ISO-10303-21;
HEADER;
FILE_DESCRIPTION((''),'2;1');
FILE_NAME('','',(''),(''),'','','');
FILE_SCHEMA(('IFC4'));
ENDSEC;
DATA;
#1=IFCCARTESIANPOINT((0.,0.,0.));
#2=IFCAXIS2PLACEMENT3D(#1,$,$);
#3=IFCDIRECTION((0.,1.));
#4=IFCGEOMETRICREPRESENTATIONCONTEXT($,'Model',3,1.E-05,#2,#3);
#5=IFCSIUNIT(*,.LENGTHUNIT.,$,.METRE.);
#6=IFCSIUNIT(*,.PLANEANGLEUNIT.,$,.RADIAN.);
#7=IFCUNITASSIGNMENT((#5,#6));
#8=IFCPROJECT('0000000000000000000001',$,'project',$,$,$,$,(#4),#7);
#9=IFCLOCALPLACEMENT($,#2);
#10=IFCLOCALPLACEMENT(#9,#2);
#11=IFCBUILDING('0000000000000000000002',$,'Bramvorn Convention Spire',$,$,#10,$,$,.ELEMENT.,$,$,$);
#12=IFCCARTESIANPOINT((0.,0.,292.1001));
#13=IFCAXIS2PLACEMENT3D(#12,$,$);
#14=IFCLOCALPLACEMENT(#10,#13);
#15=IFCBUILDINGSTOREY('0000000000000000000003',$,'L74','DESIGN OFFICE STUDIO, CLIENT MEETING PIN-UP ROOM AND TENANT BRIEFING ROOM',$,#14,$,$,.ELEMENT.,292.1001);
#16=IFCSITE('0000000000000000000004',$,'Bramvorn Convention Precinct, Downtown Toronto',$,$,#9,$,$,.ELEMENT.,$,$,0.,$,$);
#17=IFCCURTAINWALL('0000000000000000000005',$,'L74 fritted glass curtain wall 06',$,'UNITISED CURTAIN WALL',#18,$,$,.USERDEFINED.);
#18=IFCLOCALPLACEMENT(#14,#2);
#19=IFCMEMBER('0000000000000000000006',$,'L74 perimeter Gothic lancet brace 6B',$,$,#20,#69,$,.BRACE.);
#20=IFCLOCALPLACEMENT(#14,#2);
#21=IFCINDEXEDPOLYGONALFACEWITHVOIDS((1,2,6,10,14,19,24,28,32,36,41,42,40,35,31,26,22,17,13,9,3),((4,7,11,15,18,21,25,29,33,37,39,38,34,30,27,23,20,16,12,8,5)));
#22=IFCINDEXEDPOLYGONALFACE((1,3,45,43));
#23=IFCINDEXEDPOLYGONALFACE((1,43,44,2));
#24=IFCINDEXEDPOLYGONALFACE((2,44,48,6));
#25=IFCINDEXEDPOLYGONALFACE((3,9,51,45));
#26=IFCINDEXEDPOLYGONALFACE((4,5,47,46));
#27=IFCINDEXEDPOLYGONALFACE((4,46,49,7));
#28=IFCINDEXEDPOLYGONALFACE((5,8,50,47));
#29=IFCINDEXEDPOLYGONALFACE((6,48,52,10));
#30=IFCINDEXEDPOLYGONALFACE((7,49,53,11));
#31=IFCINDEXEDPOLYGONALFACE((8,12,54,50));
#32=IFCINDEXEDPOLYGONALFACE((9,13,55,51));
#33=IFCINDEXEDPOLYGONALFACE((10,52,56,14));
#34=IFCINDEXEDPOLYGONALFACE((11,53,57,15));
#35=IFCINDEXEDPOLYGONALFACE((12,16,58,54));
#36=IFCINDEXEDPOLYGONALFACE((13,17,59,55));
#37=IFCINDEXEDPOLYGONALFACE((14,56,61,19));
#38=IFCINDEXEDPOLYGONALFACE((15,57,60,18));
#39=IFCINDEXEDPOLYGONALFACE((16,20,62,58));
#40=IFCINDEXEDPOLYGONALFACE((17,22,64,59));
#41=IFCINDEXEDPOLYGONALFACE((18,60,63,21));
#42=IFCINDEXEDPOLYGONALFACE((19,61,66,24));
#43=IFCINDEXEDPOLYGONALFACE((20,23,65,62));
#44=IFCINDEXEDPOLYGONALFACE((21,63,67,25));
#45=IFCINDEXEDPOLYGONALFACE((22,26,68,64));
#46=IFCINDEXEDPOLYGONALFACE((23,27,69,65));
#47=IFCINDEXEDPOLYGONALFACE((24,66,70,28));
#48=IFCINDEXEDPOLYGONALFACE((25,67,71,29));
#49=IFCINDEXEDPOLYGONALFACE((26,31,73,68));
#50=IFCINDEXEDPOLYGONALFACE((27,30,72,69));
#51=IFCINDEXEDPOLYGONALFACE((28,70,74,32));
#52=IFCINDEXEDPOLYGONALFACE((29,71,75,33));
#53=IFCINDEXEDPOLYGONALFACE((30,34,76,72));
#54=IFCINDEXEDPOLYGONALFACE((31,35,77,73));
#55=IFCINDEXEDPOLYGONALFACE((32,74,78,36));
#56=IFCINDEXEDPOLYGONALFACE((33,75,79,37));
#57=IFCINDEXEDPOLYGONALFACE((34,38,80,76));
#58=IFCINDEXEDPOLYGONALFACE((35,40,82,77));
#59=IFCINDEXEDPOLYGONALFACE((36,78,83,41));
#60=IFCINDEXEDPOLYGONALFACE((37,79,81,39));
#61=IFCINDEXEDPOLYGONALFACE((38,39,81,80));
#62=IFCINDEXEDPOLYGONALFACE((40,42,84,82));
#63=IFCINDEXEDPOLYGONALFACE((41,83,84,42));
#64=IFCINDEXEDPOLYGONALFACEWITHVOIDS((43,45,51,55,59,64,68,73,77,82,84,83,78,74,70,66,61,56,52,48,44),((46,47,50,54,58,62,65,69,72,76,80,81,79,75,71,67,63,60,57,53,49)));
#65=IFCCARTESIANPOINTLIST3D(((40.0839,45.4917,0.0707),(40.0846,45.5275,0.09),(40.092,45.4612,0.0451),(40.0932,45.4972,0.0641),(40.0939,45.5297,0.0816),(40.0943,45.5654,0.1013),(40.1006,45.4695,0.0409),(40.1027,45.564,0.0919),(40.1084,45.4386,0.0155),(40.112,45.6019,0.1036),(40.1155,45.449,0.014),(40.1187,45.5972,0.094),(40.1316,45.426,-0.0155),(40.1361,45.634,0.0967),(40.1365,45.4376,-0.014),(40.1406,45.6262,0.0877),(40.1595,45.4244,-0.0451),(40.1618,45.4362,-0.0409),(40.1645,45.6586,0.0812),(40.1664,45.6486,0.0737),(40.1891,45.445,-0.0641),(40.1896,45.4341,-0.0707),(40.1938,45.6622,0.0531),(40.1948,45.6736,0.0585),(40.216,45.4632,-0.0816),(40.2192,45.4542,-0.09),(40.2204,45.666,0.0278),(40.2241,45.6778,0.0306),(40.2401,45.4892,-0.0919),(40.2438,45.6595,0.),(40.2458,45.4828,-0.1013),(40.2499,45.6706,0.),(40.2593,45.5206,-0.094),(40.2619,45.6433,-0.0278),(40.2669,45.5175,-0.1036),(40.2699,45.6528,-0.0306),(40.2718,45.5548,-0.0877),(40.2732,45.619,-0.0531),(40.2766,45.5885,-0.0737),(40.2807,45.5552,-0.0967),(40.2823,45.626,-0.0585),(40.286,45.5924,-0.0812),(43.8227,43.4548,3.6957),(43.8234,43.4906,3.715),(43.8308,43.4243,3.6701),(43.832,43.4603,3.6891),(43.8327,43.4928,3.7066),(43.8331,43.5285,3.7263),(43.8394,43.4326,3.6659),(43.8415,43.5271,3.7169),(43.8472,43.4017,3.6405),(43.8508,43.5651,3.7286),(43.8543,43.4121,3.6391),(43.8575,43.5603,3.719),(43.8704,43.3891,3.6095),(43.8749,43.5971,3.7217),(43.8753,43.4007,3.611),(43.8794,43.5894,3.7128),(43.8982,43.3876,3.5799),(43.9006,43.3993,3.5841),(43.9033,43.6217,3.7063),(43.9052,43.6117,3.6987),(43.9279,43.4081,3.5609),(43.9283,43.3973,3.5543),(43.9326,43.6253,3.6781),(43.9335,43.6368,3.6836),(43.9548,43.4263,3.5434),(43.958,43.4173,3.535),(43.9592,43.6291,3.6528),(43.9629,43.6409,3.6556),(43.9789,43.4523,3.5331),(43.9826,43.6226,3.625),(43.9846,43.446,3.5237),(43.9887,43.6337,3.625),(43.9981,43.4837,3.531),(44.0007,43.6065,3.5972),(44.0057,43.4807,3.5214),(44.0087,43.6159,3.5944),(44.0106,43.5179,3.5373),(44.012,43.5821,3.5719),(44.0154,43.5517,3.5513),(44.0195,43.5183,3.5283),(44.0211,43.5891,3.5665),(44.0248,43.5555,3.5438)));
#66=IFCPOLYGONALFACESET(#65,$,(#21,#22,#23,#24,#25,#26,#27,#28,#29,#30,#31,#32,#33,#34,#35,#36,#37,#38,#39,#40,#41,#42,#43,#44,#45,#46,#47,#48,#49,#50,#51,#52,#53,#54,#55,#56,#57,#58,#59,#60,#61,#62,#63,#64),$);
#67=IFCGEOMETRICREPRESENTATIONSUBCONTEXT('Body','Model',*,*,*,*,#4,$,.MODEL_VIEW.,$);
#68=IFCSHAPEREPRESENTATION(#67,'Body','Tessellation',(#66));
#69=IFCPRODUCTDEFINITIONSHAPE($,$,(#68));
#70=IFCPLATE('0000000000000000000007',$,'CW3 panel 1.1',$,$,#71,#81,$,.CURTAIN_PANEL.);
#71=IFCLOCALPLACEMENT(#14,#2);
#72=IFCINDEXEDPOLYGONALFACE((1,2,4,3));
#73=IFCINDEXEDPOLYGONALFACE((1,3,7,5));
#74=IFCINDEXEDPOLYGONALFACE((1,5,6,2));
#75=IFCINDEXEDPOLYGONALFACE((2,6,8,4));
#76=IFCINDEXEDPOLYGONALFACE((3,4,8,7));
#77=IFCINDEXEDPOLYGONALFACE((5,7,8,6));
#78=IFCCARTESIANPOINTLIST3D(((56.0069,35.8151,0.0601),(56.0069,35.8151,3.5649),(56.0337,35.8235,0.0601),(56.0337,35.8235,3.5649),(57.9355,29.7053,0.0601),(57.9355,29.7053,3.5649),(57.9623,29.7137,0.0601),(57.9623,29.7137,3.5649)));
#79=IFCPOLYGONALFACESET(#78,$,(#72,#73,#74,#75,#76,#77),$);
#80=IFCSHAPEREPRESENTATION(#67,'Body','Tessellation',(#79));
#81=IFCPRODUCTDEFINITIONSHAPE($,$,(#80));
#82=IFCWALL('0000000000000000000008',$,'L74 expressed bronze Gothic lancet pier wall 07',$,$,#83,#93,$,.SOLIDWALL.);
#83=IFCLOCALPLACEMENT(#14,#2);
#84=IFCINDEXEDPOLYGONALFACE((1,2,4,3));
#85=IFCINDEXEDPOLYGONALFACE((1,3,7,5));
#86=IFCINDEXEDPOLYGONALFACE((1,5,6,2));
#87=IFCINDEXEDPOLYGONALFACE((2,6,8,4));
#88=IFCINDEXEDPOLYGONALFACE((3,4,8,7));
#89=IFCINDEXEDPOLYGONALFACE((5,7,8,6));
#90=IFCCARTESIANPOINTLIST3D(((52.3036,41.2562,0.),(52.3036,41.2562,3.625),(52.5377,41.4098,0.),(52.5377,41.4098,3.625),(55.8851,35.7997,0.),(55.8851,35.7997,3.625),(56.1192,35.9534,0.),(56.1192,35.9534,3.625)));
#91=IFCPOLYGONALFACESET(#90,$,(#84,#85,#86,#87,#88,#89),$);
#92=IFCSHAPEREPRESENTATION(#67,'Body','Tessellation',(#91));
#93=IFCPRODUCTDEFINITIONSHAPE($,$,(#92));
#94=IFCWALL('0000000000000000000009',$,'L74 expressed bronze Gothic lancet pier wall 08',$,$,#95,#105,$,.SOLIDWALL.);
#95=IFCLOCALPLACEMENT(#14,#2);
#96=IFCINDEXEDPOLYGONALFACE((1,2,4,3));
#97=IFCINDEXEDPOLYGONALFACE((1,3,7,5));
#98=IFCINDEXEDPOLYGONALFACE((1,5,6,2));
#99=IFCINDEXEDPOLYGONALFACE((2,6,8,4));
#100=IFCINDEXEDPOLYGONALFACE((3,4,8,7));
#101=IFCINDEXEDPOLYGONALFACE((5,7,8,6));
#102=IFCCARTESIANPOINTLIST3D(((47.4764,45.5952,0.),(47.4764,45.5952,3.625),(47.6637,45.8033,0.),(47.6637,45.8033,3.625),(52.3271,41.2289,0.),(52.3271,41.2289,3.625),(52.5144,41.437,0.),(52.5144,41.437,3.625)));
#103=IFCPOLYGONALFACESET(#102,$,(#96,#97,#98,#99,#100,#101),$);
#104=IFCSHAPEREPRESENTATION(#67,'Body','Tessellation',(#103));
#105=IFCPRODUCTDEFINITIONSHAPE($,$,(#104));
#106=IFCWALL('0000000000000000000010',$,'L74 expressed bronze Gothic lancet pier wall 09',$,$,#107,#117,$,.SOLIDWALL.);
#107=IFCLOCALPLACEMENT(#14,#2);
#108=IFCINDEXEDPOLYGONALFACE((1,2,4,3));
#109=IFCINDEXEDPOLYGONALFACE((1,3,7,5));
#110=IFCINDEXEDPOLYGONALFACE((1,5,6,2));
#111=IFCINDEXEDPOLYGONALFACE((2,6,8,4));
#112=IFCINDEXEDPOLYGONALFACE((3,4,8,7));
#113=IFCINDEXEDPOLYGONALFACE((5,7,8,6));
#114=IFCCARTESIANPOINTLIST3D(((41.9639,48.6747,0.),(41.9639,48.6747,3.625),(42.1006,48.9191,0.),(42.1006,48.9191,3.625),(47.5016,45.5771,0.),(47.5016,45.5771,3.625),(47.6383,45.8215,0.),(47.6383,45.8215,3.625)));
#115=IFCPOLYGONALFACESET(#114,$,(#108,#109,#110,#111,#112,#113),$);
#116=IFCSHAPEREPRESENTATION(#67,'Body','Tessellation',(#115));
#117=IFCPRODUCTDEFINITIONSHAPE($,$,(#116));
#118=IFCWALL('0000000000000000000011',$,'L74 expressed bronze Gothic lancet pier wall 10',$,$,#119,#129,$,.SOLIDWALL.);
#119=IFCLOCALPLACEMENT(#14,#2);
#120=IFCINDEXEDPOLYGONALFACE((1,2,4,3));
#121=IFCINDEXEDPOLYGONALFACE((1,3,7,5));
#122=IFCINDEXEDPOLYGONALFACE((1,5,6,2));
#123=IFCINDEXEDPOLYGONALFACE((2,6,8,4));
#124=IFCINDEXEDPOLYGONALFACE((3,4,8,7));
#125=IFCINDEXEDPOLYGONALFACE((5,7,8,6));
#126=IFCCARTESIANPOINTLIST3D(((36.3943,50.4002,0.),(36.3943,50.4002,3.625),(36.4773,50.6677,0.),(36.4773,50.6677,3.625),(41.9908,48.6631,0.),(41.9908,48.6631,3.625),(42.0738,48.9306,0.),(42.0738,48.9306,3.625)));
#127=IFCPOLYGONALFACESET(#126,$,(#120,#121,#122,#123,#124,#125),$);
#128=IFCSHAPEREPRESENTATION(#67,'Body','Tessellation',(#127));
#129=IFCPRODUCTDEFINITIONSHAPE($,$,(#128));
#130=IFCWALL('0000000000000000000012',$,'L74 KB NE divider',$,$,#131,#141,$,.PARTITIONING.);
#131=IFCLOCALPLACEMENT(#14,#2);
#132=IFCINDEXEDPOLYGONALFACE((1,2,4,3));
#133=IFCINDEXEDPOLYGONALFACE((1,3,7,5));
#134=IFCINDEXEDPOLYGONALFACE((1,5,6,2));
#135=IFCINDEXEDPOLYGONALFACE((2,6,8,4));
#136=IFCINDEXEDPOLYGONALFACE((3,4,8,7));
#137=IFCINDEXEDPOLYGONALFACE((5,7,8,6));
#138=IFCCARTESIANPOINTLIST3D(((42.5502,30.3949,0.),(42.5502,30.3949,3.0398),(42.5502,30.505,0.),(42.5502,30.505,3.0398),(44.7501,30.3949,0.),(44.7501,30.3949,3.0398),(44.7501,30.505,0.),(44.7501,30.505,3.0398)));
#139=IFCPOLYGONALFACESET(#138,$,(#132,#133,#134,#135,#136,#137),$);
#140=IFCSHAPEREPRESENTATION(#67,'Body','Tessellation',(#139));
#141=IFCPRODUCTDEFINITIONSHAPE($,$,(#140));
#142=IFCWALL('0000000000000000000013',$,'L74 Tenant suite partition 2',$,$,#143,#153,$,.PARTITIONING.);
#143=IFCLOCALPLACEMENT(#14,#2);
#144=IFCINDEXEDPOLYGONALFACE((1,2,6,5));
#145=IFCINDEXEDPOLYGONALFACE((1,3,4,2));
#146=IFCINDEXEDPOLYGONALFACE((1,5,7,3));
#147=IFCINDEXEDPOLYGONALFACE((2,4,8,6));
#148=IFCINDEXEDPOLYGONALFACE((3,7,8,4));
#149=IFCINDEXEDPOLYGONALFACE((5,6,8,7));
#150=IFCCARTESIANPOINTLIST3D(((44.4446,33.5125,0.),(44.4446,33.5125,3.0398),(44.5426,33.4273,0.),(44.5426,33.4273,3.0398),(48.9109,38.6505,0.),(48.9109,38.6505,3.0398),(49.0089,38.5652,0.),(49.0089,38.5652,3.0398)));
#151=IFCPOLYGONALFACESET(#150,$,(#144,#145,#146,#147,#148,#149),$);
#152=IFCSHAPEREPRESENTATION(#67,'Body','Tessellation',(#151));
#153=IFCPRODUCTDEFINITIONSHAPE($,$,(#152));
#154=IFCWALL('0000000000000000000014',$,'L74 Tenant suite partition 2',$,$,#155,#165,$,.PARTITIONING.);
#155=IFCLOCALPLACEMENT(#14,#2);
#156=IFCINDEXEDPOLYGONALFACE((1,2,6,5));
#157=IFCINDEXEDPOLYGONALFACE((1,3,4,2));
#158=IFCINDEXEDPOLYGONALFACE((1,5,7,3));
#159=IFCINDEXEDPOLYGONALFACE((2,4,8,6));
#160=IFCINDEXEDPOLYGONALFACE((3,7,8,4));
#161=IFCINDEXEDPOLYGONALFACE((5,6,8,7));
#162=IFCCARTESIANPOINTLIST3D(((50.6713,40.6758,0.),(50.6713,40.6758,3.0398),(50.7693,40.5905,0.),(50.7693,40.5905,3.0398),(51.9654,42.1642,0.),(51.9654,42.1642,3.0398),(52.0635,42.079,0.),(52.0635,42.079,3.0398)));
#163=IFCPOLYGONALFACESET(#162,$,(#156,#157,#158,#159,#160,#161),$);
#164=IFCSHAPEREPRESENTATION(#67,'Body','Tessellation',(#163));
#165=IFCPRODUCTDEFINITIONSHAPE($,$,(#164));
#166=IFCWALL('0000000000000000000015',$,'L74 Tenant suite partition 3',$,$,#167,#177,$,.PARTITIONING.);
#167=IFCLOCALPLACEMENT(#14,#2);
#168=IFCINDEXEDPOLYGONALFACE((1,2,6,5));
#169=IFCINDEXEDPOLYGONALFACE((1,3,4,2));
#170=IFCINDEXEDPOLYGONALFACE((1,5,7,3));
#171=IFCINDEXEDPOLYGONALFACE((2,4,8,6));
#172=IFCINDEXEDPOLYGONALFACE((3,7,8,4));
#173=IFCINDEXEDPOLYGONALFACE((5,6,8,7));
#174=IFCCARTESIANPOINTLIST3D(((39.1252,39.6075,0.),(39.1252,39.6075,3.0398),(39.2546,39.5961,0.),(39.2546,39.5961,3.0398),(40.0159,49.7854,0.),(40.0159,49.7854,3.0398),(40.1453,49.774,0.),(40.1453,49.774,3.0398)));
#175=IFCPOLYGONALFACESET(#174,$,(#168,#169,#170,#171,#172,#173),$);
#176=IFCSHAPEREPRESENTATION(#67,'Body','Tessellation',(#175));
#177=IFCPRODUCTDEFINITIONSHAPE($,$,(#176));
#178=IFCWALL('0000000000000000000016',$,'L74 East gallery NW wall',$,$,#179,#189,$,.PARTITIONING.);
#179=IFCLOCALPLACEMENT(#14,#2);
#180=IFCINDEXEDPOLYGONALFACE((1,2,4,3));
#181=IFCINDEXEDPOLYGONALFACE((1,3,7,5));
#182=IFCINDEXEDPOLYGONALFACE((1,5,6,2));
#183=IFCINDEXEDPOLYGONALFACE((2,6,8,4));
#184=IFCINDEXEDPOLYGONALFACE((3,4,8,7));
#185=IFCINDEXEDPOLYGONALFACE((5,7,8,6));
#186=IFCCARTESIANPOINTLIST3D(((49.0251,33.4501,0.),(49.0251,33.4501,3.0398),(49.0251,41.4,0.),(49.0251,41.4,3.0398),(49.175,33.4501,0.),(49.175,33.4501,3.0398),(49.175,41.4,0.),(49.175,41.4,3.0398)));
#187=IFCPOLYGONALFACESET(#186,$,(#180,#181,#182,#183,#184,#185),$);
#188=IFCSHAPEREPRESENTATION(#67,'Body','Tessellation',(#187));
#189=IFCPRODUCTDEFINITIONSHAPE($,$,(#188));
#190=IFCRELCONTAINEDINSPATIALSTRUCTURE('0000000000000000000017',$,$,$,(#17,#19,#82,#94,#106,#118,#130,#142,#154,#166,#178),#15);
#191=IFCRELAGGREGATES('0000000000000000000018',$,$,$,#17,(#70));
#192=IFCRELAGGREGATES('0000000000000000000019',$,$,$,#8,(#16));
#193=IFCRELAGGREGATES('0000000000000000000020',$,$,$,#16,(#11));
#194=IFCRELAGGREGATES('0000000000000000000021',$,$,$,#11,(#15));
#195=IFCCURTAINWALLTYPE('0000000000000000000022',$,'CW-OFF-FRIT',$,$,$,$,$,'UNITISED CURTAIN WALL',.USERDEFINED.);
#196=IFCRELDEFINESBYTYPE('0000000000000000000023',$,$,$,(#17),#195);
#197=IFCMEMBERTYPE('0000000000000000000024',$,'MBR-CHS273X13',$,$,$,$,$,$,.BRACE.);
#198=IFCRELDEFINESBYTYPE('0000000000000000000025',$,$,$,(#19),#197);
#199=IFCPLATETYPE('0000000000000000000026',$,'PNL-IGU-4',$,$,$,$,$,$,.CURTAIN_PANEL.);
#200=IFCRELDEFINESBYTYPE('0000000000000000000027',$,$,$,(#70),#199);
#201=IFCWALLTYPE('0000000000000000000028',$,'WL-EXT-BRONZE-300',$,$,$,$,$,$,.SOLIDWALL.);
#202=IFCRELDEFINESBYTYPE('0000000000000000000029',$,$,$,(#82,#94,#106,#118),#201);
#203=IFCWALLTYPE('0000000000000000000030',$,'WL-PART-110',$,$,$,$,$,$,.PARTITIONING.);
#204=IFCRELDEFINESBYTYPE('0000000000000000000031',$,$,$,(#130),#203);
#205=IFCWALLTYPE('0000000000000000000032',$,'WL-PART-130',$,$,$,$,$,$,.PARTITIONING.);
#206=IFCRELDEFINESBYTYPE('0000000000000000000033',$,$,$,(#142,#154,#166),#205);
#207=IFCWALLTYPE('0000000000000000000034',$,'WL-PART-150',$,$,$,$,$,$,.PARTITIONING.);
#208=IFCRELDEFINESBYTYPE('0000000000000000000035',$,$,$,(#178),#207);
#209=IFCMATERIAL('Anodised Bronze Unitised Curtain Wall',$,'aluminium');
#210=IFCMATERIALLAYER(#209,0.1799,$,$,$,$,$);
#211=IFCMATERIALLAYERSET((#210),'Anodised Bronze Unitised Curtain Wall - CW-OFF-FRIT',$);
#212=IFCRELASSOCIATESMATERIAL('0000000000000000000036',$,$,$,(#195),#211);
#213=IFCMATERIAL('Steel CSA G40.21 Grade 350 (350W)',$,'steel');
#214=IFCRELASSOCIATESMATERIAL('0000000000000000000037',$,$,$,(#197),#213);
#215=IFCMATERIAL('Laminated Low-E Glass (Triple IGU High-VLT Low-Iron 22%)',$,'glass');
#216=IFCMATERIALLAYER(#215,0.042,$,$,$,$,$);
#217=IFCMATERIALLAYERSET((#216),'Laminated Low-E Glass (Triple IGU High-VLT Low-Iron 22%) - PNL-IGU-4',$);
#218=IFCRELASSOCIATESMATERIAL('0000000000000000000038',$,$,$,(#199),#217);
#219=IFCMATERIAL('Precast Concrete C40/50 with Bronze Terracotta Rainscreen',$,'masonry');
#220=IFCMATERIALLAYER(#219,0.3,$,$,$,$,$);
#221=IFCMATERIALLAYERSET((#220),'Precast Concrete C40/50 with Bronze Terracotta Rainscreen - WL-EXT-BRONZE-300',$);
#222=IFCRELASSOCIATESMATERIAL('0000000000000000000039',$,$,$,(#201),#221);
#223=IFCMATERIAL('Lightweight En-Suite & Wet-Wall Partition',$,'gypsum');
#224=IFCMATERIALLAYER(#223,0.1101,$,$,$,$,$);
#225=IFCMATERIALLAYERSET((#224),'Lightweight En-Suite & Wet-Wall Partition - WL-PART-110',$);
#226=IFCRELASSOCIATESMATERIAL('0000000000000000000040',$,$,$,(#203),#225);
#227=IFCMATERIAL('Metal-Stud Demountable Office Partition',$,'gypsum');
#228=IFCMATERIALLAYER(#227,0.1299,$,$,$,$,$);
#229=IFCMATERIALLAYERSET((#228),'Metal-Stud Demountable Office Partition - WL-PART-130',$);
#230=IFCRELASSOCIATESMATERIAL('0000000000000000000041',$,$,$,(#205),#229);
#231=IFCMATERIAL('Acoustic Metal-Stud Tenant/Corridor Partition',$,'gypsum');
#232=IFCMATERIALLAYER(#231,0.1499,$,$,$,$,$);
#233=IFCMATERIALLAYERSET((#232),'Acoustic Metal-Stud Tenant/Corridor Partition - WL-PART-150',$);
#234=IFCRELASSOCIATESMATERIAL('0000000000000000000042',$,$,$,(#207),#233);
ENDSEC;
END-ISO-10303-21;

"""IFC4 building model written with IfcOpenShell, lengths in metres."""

from ifc_helpers import new_model, si_unit, direction, frame, frame_2d, origin, origin_2d, place, context, subcontext, project, spatial, rectangle, hollow_circle, extrude, material, layer, layer_set, material_profile, profile_set, type_object, element, aggregate, save


model = new_model("IFC4")

# Units and contexts
model_context = context("Model", 3, precision=1e-05, world=origin(), true_north=direction((0.0, 1.0)))
body_context = subcontext(model_context, "Body", "Model", "MODEL_VIEW")
ifc_project = project(units=[si_unit("LENGTHUNIT", "METRE"), si_unit("PLANEANGLEUNIT", "RADIAN")], contexts=[model_context])

# Site, building, storey
site_placement = place(None, origin())
site = spatial("IfcSite", under=ifc_project, at=site_placement, Name="Bramvorn Convention Precinct, Downtown Toronto", CompositionType="ELEMENT", RefElevation=0.0)
building_placement = place(site_placement, origin())
building = spatial("IfcBuilding", under=site, at=building_placement, Name="Bramvorn Convention Spire", CompositionType="ELEMENT")
storey_placement = place(building_placement, frame((0.0, 0.0, 292.1001)))
storey = spatial("IfcBuildingStorey", under=building, at=storey_placement, Name="L74", Description="DESIGN OFFICE STUDIO, CLIENT MEETING PIN-UP ROOM AND TENANT BRIEFING ROOM", CompositionType="ELEMENT", Elevation=292.1001)

# Shared definitions
ifc_material_1 = material(Name="Steel CSA G40.21 Grade 350 (350W)", Category="steel")

# Curtain wall
ifc_material_2 = material(Name="Anodised Bronze Unitised Curtain Wall", Category="aluminium")
ifc_layer_1 = layer(ifc_material_2, 0.1799)
ifc_layer_set_1 = layer_set([ifc_layer_1], Name="Anodised Bronze Unitised Curtain Wall - CW-OFF-FRIT")
curtain_wall_type = type_object("IfcCurtainWallType", Name="CW-OFF-FRIT", ElementType="UNITISED CURTAIN WALL", PredefinedType="USERDEFINED", material=ifc_layer_set_1)
curtain_wall_1_placement = place(storey_placement, origin())
curtain_wall_1 = element("IfcCurtainWall", 1, at=curtain_wall_1_placement, inside=storey, type_object=curtain_wall_type, Name="L74 fritted glass curtain wall 06", ObjectType="UNITISED CURTAIN WALL", PredefinedType="USERDEFINED")

# Member
ifc_material_profile_1 = material_profile(ifc_material_1, hollow_circle(Radius=0.1365, WallThickness=0.0127, at=origin_2d()))
ifc_profile_set_1 = profile_set([ifc_material_profile_1], Name="Steel CSA G40.21 Grade 350 (350W) - CHS273X13")
member_type_1 = type_object("IfcMemberType", Name="MBR-CHS273X13", PredefinedType="BRACE", material=ifc_profile_set_1)
member_1_placement = place(storey_placement, frame((40.1846, 45.5508, 0.0), z_axis=(0.668621, -0.364262, 0.648275), x_axis=(0.478406, 0.878139, 0.0)))
element("IfcMember", 2, at=member_1_placement, inside=storey, type_object=member_type_1, Name="L74 perimeter Gothic lancet brace 6B", PredefinedType="BRACE", context=body_context, shape_type="SweptSolid", body=[
    extrude(hollow_circle(Radius=0.1365, WallThickness=0.0127, at=origin_2d()), origin(), (0.0, 0.0, 1.0), 5.5918),
])

# Plate
ifc_material_3 = material(Name="Laminated Low-E Glass (Triple IGU High-VLT Low-Iron 22%)", Category="glass")
ifc_layer_2 = layer(ifc_material_3, 0.042)
ifc_layer_set_2 = layer_set([ifc_layer_2], Name="Laminated Low-E Glass (Triple IGU High-VLT Low-Iron 22%) - PNL-IGU-4")
plate_type = type_object("IfcPlateType", Name="PNL-IGU-4", PredefinedType="CURTAIN_PANEL", material=ifc_layer_set_2)
plate_placement = place(storey_placement, frame((56.9846, 32.7644, 0.0601), z_axis=(0.0, 0.0, 1.0), x_axis=(0.301015, -0.953619, 0.0)))
plate = element("IfcPlate", 3, at=plate_placement, type_object=plate_type, Name="CW3 panel 1.1", PredefinedType="CURTAIN_PANEL", context=body_context, shape_type="SweptSolid", body=[
    extrude(rectangle(XDim=6.407, YDim=0.0281, at=origin_2d()), origin(), (0.0, 0.0, 1.0), 3.5049),
])
aggregate(curtain_wall_1, [plate])

# Walls
ifc_material_4 = material(Name="Precast Concrete C40/50 with Bronze Terracotta Rainscreen", Category="masonry")
ifc_layer_3 = layer(ifc_material_4, 0.3)
ifc_layer_set_3 = layer_set([ifc_layer_3], Name="Precast Concrete C40/50 with Bronze Terracotta Rainscreen - WL-EXT-BRONZE-300")
wall_type_1 = type_object("IfcWallType", Name="WL-EXT-BRONZE-300", PredefinedType="SOLIDWALL", material=ifc_layer_set_3)
wall_1_placement = place(storey_placement, frame((52.4207, 41.333, 0.0), z_axis=(0.0, 0.0, 1.0), x_axis=(0.54873, -0.836, 0.0)))
element("IfcWall", 4, at=wall_1_placement, inside=storey, type_object=wall_type_1, Name="L74 expressed bronze Gothic lancet pier wall 07", PredefinedType="SOLIDWALL", context=body_context, shape_type="SweptSolid", body=[
    extrude(rectangle(XDim=6.5269, YDim=0.28, at=frame_2d((3.2634, 0.0))), origin(), (0.0, 0.0, 1.0), 3.625),
])
wall_2_placement = place(storey_placement, frame((47.5701, 45.6992, 0.0), z_axis=(0.0, 0.0, 1.0), x_axis=(0.743242, -0.669023, 0.0)))
element("IfcWall", 5, at=wall_2_placement, inside=storey, type_object=wall_type_1, Name="L74 expressed bronze Gothic lancet pier wall 08", PredefinedType="SOLIDWALL", context=body_context, shape_type="SweptSolid", body=[
    extrude(rectangle(XDim=6.5264, YDim=0.28, at=frame_2d((3.2632, 0.0))), origin(), (0.0, 0.0, 1.0), 3.625),
])
wall_3_placement = place(storey_placement, frame((42.0322, 48.7969, 0.0), z_axis=(0.0, 0.0, 1.0), x_axis=(0.872743, -0.488179, 0.0)))
element("IfcWall", 6, at=wall_3_placement, inside=storey, type_object=wall_type_1, Name="L74 expressed bronze Gothic lancet pier wall 09", PredefinedType="SOLIDWALL", context=body_context, shape_type="SweptSolid", body=[
    extrude(rectangle(XDim=6.3452, YDim=0.28, at=frame_2d((3.1726, 0.0))), origin(), (0.0, 0.0, 1.0), 3.625),
])
wall_4_placement = place(storey_placement, frame((36.4358, 50.5339, 0.0), z_axis=(0.0, 0.0, 1.0), x_axis=(0.955053, -0.296436, 0.0)))
element("IfcWall", 7, at=wall_4_placement, inside=storey, type_object=wall_type_1, Name="L74 expressed bronze Gothic lancet pier wall 10", PredefinedType="SOLIDWALL", context=body_context, shape_type="SweptSolid", body=[
    extrude(rectangle(XDim=5.8599, YDim=0.28, at=frame_2d((2.9299, 0.0))), origin(), (0.0, 0.0, 1.0), 3.625),
])
ifc_material_5 = material(Name="Lightweight En-Suite & Wet-Wall Partition", Category="gypsum")
ifc_layer_4 = layer(ifc_material_5, 0.1101)
ifc_layer_set_4 = layer_set([ifc_layer_4], Name="Lightweight En-Suite & Wet-Wall Partition - WL-PART-110")
wall_type_2 = type_object("IfcWallType", Name="WL-PART-110", PredefinedType="PARTITIONING", material=ifc_layer_set_4)
wall_5_placement = place(storey_placement, frame((42.55, 30.45, 0.0), z_axis=(0.0, 0.0, 1.0), x_axis=(1.0, 0.0, 0.0)))
element("IfcWall", 8, at=wall_5_placement, inside=storey, type_object=wall_type_2, Name="L74 KB NE divider", PredefinedType="PARTITIONING", context=body_context, shape_type="SweptSolid", body=[
    extrude(rectangle(XDim=2.2, YDim=0.1101, at=frame_2d((1.1001, 0.0))), origin(), (0.0, 0.0, 1.0), 3.0398),
])
ifc_material_6 = material(Name="Metal-Stud Demountable Office Partition", Category="gypsum")
ifc_layer_5 = layer(ifc_material_6, 0.1299)
ifc_layer_set_5 = layer_set([ifc_layer_5], Name="Metal-Stud Demountable Office Partition - WL-PART-130")
wall_type_3 = type_object("IfcWallType", Name="WL-PART-130", PredefinedType="PARTITIONING", material=ifc_layer_set_5)
wall_6_placement = place(storey_placement, frame((44.4937, 33.47, 0.0), z_axis=(0.0, 0.0, 1.0), x_axis=(0.656056, 0.754712, 0.0)))
element("IfcWall", 9, at=wall_6_placement, inside=storey, type_object=wall_type_3, Name="L74 Tenant suite partition 2", PredefinedType="PARTITIONING", context=body_context, shape_type="SweptSolid", body=[
    extrude(rectangle(XDim=6.8079, YDim=0.1299, at=frame_2d((3.4038, 0.0))), origin(), (0.0, 0.0, 1.0), 3.0398),
])
wall_7_placement = place(storey_placement, frame((50.7202, 40.6331, 0.0), z_axis=(0.0, 0.0, 1.0), x_axis=(0.656127, 0.754651, 0.0)))
element("IfcWall", 10, at=wall_7_placement, inside=storey, type_object=wall_type_3, Name="L74 Tenant suite partition 2", PredefinedType="PARTITIONING", context=body_context, shape_type="SweptSolid", body=[
    extrude(rectangle(XDim=1.9724, YDim=0.1299, at=frame_2d((0.9863, 0.0))), origin(), (0.0, 0.0, 1.0), 3.0398),
])
wall_8_placement = place(storey_placement, frame((39.1899, 39.6018, 0.0), z_axis=(0.0, 0.0, 1.0), x_axis=(0.087172, 0.996193, 0.0)))
element("IfcWall", 11, at=wall_8_placement, inside=storey, type_object=wall_type_3, Name="L74 Tenant suite partition 3", PredefinedType="PARTITIONING", context=body_context, shape_type="SweptSolid", body=[
    extrude(rectangle(XDim=10.2168, YDim=0.1299, at=frame_2d((5.1084, 0.0))), origin(), (0.0, 0.0, 1.0), 3.0398),
])
ifc_material_7 = material(Name="Acoustic Metal-Stud Tenant/Corridor Partition", Category="gypsum")
ifc_layer_6 = layer(ifc_material_7, 0.1499)
ifc_layer_set_6 = layer_set([ifc_layer_6], Name="Acoustic Metal-Stud Tenant/Corridor Partition - WL-PART-150")
wall_type_4 = type_object("IfcWallType", Name="WL-PART-150", PredefinedType="PARTITIONING", material=ifc_layer_set_6)
wall_9_placement = place(storey_placement, frame((49.1001, 33.45, 0.0), z_axis=(0.0, 0.0, 1.0), x_axis=(0.0, 1.0, 0.0)))
element("IfcWall", 12, at=wall_9_placement, inside=storey, type_object=wall_type_4, Name="L74 East gallery NW wall", PredefinedType="PARTITIONING", context=body_context, shape_type="SweptSolid", body=[
    extrude(rectangle(XDim=7.95, YDim=0.1499, at=frame_2d((3.9751, 0.0))), origin(), (0.0, 0.0, 1.0), 3.0398),
])

save(model, "model.ifc")
